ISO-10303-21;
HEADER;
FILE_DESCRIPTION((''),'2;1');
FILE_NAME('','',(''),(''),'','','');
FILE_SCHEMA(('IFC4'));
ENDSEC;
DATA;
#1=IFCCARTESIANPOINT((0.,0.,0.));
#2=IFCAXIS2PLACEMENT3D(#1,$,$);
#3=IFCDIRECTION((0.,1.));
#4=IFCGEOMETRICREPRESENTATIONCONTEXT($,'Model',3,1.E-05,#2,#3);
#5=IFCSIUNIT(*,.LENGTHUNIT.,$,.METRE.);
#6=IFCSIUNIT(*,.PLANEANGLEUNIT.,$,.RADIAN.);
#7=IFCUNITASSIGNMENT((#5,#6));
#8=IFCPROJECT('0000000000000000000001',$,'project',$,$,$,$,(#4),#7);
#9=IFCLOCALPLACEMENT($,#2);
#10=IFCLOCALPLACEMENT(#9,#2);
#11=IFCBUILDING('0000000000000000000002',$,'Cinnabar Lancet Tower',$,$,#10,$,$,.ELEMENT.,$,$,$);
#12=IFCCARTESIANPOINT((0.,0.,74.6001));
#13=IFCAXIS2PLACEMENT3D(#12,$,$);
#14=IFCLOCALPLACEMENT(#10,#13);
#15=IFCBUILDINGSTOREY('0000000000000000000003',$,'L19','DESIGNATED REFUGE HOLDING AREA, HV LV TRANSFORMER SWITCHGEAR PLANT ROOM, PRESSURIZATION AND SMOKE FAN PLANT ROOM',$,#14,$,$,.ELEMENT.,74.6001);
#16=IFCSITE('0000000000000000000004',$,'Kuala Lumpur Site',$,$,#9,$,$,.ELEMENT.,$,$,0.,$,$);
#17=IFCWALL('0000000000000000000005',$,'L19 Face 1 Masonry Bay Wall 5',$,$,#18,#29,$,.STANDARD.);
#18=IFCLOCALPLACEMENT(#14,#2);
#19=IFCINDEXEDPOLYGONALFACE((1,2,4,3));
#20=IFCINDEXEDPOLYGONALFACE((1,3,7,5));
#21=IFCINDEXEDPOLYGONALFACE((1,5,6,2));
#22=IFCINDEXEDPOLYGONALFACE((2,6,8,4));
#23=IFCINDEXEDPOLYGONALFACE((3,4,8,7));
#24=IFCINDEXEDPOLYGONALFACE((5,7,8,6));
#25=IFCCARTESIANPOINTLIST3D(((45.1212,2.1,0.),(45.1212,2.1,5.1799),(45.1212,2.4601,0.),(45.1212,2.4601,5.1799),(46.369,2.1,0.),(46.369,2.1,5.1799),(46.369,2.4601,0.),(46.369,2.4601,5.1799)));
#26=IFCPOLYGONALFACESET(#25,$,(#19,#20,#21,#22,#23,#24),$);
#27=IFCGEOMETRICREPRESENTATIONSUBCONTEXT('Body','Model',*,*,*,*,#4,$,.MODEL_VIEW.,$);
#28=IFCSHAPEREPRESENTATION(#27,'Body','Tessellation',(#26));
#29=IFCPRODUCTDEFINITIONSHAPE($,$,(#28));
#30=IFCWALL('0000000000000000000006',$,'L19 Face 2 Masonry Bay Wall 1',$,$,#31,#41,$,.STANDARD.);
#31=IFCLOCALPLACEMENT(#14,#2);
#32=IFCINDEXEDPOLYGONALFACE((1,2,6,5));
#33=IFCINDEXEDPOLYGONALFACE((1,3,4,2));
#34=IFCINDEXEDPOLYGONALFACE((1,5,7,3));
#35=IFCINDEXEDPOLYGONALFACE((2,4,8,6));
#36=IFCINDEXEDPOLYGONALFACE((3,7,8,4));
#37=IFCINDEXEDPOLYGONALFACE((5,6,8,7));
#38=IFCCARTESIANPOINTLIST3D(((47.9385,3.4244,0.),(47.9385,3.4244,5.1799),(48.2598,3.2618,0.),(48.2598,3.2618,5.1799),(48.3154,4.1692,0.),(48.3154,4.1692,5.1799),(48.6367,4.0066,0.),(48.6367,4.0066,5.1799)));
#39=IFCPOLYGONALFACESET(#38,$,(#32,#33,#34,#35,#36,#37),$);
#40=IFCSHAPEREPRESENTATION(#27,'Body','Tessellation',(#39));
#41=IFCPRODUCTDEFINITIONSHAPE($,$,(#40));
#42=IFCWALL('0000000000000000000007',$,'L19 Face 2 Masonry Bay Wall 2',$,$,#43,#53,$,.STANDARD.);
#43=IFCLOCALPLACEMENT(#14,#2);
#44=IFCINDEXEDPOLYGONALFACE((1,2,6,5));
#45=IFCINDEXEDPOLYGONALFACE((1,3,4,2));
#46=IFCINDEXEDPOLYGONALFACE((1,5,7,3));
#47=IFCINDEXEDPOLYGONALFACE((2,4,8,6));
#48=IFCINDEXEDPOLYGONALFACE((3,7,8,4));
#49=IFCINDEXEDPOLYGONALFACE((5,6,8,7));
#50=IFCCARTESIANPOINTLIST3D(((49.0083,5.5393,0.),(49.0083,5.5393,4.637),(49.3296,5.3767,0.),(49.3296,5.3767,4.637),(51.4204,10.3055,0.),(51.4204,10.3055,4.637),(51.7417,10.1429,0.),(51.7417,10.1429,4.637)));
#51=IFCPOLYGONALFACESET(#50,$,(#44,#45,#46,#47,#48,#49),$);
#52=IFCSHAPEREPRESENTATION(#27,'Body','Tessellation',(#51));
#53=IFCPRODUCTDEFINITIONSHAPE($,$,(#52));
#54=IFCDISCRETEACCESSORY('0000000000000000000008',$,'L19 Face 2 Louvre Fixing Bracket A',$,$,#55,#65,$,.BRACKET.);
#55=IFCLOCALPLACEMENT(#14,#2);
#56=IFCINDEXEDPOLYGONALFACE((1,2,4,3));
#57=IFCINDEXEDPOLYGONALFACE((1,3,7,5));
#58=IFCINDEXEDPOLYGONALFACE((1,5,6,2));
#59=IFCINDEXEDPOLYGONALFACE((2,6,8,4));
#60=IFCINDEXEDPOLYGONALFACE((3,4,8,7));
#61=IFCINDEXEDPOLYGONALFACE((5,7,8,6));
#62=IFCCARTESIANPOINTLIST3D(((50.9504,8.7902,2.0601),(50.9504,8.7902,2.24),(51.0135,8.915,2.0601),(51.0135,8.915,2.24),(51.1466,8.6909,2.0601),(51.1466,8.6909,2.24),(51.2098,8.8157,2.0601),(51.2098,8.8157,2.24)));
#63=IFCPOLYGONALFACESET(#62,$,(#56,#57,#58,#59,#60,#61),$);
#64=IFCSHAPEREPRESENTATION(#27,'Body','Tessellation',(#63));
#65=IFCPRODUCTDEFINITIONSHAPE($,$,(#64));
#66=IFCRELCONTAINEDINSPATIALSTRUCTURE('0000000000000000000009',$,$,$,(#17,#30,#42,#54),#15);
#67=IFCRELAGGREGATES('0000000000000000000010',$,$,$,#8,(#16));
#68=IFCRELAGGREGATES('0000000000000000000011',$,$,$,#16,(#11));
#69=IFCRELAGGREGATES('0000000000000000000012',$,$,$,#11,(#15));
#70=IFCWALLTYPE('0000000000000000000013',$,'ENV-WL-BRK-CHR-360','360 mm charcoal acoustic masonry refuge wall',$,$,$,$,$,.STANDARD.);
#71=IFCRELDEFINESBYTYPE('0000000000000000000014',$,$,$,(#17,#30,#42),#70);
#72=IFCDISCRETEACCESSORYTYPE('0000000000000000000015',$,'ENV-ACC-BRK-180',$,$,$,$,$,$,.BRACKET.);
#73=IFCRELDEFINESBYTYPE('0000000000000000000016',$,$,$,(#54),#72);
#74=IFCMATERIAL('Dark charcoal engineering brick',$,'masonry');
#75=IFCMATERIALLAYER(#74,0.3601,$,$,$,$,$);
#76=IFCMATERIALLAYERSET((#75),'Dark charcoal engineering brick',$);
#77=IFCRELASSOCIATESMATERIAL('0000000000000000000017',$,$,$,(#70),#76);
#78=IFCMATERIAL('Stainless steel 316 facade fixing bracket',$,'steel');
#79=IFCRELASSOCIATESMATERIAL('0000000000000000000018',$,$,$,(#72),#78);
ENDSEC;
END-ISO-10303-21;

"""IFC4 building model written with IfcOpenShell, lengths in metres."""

from ifc_helpers import new_model, si_unit, direction, frame, frame_2d, origin, origin_2d, place, context, subcontext, project, spatial, rectangle, extrude, material, layer, layer_set, type_object, element, save


model = new_model("IFC4")

# Units and contexts
model_context = context("Model", 3, precision=1e-05, world=origin(), true_north=direction((0.0, 1.0)))
body_context = subcontext(model_context, "Body", "Model", "MODEL_VIEW")
ifc_project = project(units=[si_unit("LENGTHUNIT", "METRE"), si_unit("PLANEANGLEUNIT", "RADIAN")], contexts=[model_context])

# Site, building, storey
site_placement = place(None, origin())
site = spatial("IfcSite", under=ifc_project, at=site_placement, Name="Kuala Lumpur Site", CompositionType="ELEMENT", RefElevation=0.0)
building_placement = place(site_placement, origin())
building = spatial("IfcBuilding", under=site, at=building_placement, Name="Cinnabar Lancet Tower", CompositionType="ELEMENT")
storey_placement = place(building_placement, frame((0.0, 0.0, 74.6001)))
storey = spatial("IfcBuildingStorey", under=building, at=storey_placement, Name="L19", Description="DESIGNATED REFUGE HOLDING AREA, HV LV TRANSFORMER SWITCHGEAR PLANT ROOM, PRESSURIZATION AND SMOKE FAN PLANT ROOM", CompositionType="ELEMENT", Elevation=74.6001)

# Walls
ifc_material_1 = material(Name="Dark charcoal engineering brick", Category="masonry")
ifc_layer_1 = layer(ifc_material_1, 0.3601)
ifc_layer_set_1 = layer_set([ifc_layer_1], Name="Dark charcoal engineering brick")
wall_type = type_object("IfcWallType", Name="ENV-WL-BRK-CHR-360", Description="360 mm charcoal acoustic masonry refuge wall", PredefinedType="STANDARD", material=ifc_layer_set_1)
wall_1_placement = place(storey_placement, frame((45.1211, 2.28, 0.0), z_axis=(0.0, 0.0, 1.0), x_axis=(1.0, 0.0, 0.0)))
element("IfcWall", 1, at=wall_1_placement, inside=storey, type_object=wall_type, Name="L19 Face 1 Masonry Bay Wall 5", PredefinedType="STANDARD", context=body_context, shape_type="SweptSolid", body=[
    extrude(rectangle(XDim=1.2478, YDim=0.3601, at=frame_2d((0.624, 0.0))), origin(), (0.0, 0.0, 1.0), 5.1799),
])
wall_2_placement = place(storey_placement, frame((48.0991, 3.343, 0.0), z_axis=(0.0, 0.0, 1.0), x_axis=(0.451537, 0.892253, 0.0)))
element("IfcWall", 2, at=wall_2_placement, inside=storey, type_object=wall_type, Name="L19 Face 2 Masonry Bay Wall 1", PredefinedType="STANDARD", context=body_context, shape_type="SweptSolid", body=[
    extrude(rectangle(XDim=0.8347, YDim=0.3601, at=frame_2d((0.4175, 0.0))), origin(), (0.0, 0.0, 1.0), 5.1799),
])
wall_3_placement = place(storey_placement, frame((49.1689, 5.458, 0.0), z_axis=(0.0, 0.0, 1.0), x_axis=(0.451559, 0.892241, 0.0)))
element("IfcWall", 3, at=wall_3_placement, inside=storey, type_object=wall_type, Name="L19 Face 2 Masonry Bay Wall 2", PredefinedType="STANDARD", context=body_context, shape_type="SweptSolid", body=[
    extrude(rectangle(XDim=5.3418, YDim=0.3601, at=frame_2d((2.6709, 0.0))), origin(), (0.0, 0.0, 1.0), 4.637),
])

# Discrete accessory
ifc_material_2 = material(Name="Stainless steel 316 facade fixing bracket", Category="steel")
discrete_accessory_type = type_object("IfcDiscreteAccessoryType", Name="ENV-ACC-BRK-180", PredefinedType="BRACKET", material=ifc_material_2)
discrete_accessory_placement = place(storey_placement, frame((51.0801, 8.803, 2.0601), z_axis=(0.0, 0.0, 1.0), x_axis=(0.451469, 0.892287, 0.0)))
element("IfcDiscreteAccessory", 4, at=discrete_accessory_placement, inside=storey, type_object=discrete_accessory_type, Name="L19 Face 2 Louvre Fixing Bracket A", PredefinedType="BRACKET", context=body_context, shape_type="SweptSolid", body=[
    extrude(rectangle(XDim=0.1399, YDim=0.22, at=origin_2d()), origin(), (0.0, 0.0, 1.0), 0.1799),
])

save(model, "model.ifc")
